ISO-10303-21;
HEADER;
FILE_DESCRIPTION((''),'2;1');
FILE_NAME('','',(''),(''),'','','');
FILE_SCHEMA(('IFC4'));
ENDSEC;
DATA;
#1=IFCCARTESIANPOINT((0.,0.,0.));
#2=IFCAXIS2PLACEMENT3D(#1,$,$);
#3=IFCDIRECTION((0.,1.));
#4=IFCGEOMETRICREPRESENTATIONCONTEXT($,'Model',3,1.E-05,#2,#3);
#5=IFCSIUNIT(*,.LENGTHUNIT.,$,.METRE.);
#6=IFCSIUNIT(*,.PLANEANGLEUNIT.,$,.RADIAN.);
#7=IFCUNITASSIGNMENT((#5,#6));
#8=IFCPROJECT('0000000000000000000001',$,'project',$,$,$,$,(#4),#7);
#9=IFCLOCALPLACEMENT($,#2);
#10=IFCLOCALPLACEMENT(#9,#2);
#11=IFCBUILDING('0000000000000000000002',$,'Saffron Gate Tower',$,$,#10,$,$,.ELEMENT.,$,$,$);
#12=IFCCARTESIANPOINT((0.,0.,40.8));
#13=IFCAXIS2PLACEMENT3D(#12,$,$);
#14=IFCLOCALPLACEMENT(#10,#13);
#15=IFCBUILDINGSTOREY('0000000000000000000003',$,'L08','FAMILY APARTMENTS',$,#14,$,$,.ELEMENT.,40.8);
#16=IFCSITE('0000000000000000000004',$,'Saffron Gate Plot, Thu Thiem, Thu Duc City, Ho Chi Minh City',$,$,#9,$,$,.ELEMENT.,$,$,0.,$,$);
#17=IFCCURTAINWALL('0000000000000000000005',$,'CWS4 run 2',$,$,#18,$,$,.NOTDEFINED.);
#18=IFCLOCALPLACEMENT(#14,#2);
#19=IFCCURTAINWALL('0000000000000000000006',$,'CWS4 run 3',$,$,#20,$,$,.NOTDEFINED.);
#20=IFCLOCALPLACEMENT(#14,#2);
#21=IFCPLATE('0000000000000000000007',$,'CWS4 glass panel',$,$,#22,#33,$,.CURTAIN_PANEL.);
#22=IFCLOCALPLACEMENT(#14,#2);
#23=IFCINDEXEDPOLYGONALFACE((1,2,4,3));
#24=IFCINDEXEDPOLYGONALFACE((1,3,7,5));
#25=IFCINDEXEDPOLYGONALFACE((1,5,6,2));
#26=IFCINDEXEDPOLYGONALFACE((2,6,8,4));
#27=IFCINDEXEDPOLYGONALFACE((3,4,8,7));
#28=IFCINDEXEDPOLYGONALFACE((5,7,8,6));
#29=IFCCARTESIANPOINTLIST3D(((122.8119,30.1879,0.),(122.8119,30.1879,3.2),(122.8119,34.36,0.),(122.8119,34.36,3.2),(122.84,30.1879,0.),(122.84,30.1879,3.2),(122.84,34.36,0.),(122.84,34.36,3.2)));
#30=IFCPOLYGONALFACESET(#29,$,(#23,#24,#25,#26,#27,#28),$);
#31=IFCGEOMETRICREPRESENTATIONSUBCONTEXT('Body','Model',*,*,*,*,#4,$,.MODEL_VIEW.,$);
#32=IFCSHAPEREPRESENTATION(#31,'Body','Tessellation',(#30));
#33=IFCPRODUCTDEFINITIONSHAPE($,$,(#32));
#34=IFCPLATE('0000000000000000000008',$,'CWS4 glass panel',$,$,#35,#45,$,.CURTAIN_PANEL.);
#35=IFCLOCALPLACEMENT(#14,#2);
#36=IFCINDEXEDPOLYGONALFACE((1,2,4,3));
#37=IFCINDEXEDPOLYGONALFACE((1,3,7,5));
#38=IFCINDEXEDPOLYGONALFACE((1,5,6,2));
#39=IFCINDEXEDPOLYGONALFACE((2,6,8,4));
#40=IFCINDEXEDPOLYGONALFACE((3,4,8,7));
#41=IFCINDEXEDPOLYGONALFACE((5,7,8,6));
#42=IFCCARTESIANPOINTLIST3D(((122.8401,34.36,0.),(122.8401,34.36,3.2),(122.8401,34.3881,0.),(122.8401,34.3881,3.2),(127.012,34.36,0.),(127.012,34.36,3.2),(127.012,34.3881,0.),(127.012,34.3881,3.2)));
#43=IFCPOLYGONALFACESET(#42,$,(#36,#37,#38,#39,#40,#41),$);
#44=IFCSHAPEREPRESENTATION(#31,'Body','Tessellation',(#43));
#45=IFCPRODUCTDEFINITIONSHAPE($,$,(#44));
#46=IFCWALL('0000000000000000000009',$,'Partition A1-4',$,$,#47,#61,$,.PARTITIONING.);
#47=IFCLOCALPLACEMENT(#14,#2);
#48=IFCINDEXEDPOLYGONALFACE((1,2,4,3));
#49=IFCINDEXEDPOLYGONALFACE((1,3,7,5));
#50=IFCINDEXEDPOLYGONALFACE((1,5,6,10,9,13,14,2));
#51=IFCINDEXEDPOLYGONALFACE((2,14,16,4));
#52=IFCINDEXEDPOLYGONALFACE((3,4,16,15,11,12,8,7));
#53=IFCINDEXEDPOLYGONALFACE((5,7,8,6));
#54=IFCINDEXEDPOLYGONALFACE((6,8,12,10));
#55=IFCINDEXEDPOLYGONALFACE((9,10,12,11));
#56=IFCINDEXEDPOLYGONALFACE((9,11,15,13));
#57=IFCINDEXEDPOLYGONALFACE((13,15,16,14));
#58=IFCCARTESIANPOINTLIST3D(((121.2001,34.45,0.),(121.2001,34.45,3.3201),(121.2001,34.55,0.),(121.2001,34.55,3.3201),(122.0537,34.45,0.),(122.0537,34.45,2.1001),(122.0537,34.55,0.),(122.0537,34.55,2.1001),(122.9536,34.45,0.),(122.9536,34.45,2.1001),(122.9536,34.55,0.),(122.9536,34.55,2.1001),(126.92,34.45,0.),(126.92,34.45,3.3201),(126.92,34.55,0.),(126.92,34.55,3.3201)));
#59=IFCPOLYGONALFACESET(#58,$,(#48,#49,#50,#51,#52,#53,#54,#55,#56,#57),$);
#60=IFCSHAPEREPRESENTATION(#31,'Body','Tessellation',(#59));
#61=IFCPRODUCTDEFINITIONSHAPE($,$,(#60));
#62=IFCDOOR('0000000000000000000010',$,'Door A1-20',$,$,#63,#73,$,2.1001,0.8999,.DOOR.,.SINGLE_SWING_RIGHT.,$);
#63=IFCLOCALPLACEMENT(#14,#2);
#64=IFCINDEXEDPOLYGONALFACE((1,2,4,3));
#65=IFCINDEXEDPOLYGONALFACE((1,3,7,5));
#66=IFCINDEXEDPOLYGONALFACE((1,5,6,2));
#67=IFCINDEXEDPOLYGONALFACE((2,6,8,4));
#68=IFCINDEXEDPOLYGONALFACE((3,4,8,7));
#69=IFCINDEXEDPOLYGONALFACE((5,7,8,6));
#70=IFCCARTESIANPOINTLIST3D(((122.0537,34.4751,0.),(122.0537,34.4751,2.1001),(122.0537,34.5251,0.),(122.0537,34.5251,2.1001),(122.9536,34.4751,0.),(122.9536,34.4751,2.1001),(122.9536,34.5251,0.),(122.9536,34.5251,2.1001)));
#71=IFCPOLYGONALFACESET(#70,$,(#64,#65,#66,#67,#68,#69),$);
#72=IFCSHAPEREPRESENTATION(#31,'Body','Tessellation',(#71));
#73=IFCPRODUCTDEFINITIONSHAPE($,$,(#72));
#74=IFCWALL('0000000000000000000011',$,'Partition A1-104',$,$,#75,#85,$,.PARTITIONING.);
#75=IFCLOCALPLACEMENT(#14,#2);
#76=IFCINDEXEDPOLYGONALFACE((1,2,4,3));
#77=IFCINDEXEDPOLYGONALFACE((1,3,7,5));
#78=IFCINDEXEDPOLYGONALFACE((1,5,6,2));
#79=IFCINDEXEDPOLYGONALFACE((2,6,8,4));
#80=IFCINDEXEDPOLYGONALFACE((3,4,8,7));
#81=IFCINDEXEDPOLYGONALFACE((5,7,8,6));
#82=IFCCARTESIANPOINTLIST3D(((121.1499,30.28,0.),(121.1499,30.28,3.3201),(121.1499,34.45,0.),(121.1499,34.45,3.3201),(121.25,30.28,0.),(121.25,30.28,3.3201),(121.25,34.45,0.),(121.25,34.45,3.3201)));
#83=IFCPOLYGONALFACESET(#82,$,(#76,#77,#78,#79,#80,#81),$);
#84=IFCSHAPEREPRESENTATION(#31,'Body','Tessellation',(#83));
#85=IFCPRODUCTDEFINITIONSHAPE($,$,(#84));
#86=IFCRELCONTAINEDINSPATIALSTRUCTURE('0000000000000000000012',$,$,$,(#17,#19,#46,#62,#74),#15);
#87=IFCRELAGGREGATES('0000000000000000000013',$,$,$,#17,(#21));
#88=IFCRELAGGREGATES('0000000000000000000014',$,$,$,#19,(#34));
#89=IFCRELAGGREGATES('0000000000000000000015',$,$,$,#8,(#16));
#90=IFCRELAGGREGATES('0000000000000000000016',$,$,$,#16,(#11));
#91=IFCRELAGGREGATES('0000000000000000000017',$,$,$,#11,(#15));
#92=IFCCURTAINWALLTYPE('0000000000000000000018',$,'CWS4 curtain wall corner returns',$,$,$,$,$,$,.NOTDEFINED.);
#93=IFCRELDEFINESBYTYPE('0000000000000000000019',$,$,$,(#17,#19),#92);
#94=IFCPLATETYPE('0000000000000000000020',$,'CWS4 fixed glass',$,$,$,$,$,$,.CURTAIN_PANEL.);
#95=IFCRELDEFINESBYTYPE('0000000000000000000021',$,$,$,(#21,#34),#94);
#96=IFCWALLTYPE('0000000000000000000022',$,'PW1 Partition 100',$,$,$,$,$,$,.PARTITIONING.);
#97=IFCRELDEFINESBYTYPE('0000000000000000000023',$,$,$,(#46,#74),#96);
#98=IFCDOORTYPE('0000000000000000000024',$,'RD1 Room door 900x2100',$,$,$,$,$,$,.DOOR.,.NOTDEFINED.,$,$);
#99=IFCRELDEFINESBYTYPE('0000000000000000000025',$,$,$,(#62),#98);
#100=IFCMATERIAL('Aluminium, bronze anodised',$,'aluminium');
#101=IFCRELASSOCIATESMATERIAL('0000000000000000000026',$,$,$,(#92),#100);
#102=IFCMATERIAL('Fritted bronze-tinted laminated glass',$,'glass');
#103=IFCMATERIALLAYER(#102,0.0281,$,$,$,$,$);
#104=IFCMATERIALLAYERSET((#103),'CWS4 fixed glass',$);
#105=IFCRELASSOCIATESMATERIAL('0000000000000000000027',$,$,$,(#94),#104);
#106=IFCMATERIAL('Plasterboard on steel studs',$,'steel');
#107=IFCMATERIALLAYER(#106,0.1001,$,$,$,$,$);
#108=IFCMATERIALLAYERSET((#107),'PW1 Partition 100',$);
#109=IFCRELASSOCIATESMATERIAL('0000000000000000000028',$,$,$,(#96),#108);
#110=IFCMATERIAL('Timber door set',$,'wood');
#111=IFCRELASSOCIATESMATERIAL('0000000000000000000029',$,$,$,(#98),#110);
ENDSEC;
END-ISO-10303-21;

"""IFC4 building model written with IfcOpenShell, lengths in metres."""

from ifc_helpers import new_model, si_unit, direction, frame, frame_2d, origin, place, context, subcontext, project, spatial, rectangle, extrude, material, layer, layer_set, type_object, element, fill, aggregate, save


model = new_model("IFC4")

# Units and contexts
model_context = context("Model", 3, precision=1e-05, world=origin(), true_north=direction((0.0, 1.0)))
body_context = subcontext(model_context, "Body", "Model", "MODEL_VIEW")
ifc_project = project(units=[si_unit("LENGTHUNIT", "METRE"), si_unit("PLANEANGLEUNIT", "RADIAN")], contexts=[model_context])

# Site, building, storey
site_placement = place(None, origin())
site = spatial("IfcSite", under=ifc_project, at=site_placement, Name="Saffron Gate Plot, Thu Thiem, Thu Duc City, Ho Chi Minh City", CompositionType="ELEMENT", RefElevation=0.0)
building_placement = place(site_placement, origin())
building = spatial("IfcBuilding", under=site, at=building_placement, Name="Saffron Gate Tower", CompositionType="ELEMENT")
storey_placement = place(building_placement, frame((0.0, 0.0, 40.8)))
storey = spatial("IfcBuildingStorey", under=building, at=storey_placement, Name="L08", Description="FAMILY APARTMENTS", CompositionType="ELEMENT", Elevation=40.8)

# Shared definitions
ifc_material_1 = material(Name="Aluminium, bronze anodised", Category="aluminium")

# Curtain walls
curtain_wall_type_1 = type_object("IfcCurtainWallType", Name="CWS4 curtain wall corner returns", PredefinedType="NOTDEFINED", material=ifc_material_1)
curtain_wall_1_placement = place(storey_placement, origin())
curtain_wall_1 = element("IfcCurtainWall", 1, at=curtain_wall_1_placement, inside=storey, type_object=curtain_wall_type_1, Name="CWS4 run 2", PredefinedType="NOTDEFINED")
curtain_wall_2_placement = place(storey_placement, origin())
curtain_wall_2 = element("IfcCurtainWall", 2, at=curtain_wall_2_placement, inside=storey, type_object=curtain_wall_type_1, Name="CWS4 run 3", PredefinedType="NOTDEFINED")

# Shared definitions
ifc_material_2 = material(Name="Fritted bronze-tinted laminated glass", Category="glass")

# Plates
ifc_layer_1 = layer(ifc_material_2, 0.0281)
ifc_layer_set_1 = layer_set([ifc_layer_1], Name="CWS4 fixed glass")
plate_type_1 = type_object("IfcPlateType", Name="CWS4 fixed glass", PredefinedType="CURTAIN_PANEL", material=ifc_layer_set_1)
plate_1_placement = place(storey_placement, frame((122.8259, 30.188, 0.0), z_axis=(0.0, 0.0, 1.0), x_axis=(0.0, 1.0, 0.0)))
plate_1 = element("IfcPlate", 3, at=plate_1_placement, type_object=plate_type_1, Name="CWS4 glass panel", PredefinedType="CURTAIN_PANEL", context=body_context, shape_type="SweptSolid", body=[
    extrude(rectangle(XDim=4.1721, YDim=0.0281, at=frame_2d((2.0859, 0.0))), origin(), (0.0, 0.0, 1.0), 3.2),
])
aggregate(curtain_wall_1, [plate_1])
plate_2_placement = place(storey_placement, frame((122.8401, 34.374, 0.0), z_axis=(0.0, 0.0, 1.0), x_axis=(1.0, 0.0, 0.0)))
plate_2 = element("IfcPlate", 4, at=plate_2_placement, type_object=plate_type_1, Name="CWS4 glass panel", PredefinedType="CURTAIN_PANEL", context=body_context, shape_type="SweptSolid", body=[
    extrude(rectangle(XDim=4.1719, YDim=0.0281, at=frame_2d((2.0859, 0.0))), origin(), (0.0, 0.0, 1.0), 3.2),
])
aggregate(curtain_wall_2, [plate_2])

# Wall, opening, door
ifc_material_3 = material(Name="Plasterboard on steel studs", Category="steel")
ifc_layer_2 = layer(ifc_material_3, 0.1001)
ifc_layer_set_2 = layer_set([ifc_layer_2], Name="PW1 Partition 100")
wall_type = type_object("IfcWallType", Name="PW1 Partition 100", PredefinedType="PARTITIONING", material=ifc_layer_set_2)
wall_1_placement = place(storey_placement, frame((126.9199, 34.5, 0.0), z_axis=(0.0, 0.0, 1.0), x_axis=(-1.0, 0.0, 0.0)))
wall_1 = element("IfcWall", 5, at=wall_1_placement, inside=storey, type_object=wall_type, Name="Partition A1-4", PredefinedType="PARTITIONING", context=body_context, shape_type="SweptSolid", body=[
    extrude(rectangle(XDim=5.72, YDim=0.1001, at=frame_2d((2.8599, 0.0))), origin(), (0.0, 0.0, 1.0), 3.3201),
])
opening_1_placement = place(wall_1_placement, frame((3.9663, 0.0, 0.0)))
opening_1 = element("IfcOpeningElement", 6, at=opening_1_placement, cuts=wall_1, PredefinedType="OPENING", context=body_context, shape_type="SweptSolid", body=[
    extrude(rectangle(XDim=0.8999, YDim=2.1001, at=frame_2d((0.45, 1.05))), frame((0.0, 0.0601, 0.0), z_axis=(0.0, -1.0, 0.0), x_axis=(1.0, 0.0, 0.0)), (0.0, 0.0, 1.0), 0.1201),
])
ifc_material_4 = material(Name="Timber door set", Category="wood")
door_type = type_object("IfcDoorType", Name="RD1 Room door 900x2100", OperationType="NOTDEFINED", PredefinedType="DOOR", material=ifc_material_4)
door_placement = place(opening_1_placement, origin())
door = element("IfcDoor", 7, at=door_placement, inside=storey, type_object=door_type, Name="Door A1-20", OperationType="SINGLE_SWING_RIGHT", OverallHeight=2.1001, OverallWidth=0.8999, PredefinedType="DOOR", context=body_context, shape_type="SweptSolid", body=[
    extrude(rectangle(XDim=0.8999, YDim=2.1001, at=frame_2d((0.45, 1.05))), frame((0.0, 0.0249, 0.0), z_axis=(0.0, -1.0, 0.0), x_axis=(1.0, 0.0, 0.0)), (0.0, 0.0, 1.0), 0.05),
])
fill(opening_1, door)

# Wall
wall_2_placement = place(storey_placement, frame((121.2, 34.45, 0.0), z_axis=(0.0, 0.0, 1.0), x_axis=(0.0, -1.0, 0.0)))
element("IfcWall", 8, at=wall_2_placement, inside=storey, type_object=wall_type, Name="Partition A1-104", PredefinedType="PARTITIONING", context=body_context, shape_type="SweptSolid", body=[
    extrude(rectangle(XDim=4.1699, YDim=0.1001, at=frame_2d((2.085, 0.0))), origin(), (0.0, 0.0, 1.0), 3.3201),
])

save(model, "model.ifc")
